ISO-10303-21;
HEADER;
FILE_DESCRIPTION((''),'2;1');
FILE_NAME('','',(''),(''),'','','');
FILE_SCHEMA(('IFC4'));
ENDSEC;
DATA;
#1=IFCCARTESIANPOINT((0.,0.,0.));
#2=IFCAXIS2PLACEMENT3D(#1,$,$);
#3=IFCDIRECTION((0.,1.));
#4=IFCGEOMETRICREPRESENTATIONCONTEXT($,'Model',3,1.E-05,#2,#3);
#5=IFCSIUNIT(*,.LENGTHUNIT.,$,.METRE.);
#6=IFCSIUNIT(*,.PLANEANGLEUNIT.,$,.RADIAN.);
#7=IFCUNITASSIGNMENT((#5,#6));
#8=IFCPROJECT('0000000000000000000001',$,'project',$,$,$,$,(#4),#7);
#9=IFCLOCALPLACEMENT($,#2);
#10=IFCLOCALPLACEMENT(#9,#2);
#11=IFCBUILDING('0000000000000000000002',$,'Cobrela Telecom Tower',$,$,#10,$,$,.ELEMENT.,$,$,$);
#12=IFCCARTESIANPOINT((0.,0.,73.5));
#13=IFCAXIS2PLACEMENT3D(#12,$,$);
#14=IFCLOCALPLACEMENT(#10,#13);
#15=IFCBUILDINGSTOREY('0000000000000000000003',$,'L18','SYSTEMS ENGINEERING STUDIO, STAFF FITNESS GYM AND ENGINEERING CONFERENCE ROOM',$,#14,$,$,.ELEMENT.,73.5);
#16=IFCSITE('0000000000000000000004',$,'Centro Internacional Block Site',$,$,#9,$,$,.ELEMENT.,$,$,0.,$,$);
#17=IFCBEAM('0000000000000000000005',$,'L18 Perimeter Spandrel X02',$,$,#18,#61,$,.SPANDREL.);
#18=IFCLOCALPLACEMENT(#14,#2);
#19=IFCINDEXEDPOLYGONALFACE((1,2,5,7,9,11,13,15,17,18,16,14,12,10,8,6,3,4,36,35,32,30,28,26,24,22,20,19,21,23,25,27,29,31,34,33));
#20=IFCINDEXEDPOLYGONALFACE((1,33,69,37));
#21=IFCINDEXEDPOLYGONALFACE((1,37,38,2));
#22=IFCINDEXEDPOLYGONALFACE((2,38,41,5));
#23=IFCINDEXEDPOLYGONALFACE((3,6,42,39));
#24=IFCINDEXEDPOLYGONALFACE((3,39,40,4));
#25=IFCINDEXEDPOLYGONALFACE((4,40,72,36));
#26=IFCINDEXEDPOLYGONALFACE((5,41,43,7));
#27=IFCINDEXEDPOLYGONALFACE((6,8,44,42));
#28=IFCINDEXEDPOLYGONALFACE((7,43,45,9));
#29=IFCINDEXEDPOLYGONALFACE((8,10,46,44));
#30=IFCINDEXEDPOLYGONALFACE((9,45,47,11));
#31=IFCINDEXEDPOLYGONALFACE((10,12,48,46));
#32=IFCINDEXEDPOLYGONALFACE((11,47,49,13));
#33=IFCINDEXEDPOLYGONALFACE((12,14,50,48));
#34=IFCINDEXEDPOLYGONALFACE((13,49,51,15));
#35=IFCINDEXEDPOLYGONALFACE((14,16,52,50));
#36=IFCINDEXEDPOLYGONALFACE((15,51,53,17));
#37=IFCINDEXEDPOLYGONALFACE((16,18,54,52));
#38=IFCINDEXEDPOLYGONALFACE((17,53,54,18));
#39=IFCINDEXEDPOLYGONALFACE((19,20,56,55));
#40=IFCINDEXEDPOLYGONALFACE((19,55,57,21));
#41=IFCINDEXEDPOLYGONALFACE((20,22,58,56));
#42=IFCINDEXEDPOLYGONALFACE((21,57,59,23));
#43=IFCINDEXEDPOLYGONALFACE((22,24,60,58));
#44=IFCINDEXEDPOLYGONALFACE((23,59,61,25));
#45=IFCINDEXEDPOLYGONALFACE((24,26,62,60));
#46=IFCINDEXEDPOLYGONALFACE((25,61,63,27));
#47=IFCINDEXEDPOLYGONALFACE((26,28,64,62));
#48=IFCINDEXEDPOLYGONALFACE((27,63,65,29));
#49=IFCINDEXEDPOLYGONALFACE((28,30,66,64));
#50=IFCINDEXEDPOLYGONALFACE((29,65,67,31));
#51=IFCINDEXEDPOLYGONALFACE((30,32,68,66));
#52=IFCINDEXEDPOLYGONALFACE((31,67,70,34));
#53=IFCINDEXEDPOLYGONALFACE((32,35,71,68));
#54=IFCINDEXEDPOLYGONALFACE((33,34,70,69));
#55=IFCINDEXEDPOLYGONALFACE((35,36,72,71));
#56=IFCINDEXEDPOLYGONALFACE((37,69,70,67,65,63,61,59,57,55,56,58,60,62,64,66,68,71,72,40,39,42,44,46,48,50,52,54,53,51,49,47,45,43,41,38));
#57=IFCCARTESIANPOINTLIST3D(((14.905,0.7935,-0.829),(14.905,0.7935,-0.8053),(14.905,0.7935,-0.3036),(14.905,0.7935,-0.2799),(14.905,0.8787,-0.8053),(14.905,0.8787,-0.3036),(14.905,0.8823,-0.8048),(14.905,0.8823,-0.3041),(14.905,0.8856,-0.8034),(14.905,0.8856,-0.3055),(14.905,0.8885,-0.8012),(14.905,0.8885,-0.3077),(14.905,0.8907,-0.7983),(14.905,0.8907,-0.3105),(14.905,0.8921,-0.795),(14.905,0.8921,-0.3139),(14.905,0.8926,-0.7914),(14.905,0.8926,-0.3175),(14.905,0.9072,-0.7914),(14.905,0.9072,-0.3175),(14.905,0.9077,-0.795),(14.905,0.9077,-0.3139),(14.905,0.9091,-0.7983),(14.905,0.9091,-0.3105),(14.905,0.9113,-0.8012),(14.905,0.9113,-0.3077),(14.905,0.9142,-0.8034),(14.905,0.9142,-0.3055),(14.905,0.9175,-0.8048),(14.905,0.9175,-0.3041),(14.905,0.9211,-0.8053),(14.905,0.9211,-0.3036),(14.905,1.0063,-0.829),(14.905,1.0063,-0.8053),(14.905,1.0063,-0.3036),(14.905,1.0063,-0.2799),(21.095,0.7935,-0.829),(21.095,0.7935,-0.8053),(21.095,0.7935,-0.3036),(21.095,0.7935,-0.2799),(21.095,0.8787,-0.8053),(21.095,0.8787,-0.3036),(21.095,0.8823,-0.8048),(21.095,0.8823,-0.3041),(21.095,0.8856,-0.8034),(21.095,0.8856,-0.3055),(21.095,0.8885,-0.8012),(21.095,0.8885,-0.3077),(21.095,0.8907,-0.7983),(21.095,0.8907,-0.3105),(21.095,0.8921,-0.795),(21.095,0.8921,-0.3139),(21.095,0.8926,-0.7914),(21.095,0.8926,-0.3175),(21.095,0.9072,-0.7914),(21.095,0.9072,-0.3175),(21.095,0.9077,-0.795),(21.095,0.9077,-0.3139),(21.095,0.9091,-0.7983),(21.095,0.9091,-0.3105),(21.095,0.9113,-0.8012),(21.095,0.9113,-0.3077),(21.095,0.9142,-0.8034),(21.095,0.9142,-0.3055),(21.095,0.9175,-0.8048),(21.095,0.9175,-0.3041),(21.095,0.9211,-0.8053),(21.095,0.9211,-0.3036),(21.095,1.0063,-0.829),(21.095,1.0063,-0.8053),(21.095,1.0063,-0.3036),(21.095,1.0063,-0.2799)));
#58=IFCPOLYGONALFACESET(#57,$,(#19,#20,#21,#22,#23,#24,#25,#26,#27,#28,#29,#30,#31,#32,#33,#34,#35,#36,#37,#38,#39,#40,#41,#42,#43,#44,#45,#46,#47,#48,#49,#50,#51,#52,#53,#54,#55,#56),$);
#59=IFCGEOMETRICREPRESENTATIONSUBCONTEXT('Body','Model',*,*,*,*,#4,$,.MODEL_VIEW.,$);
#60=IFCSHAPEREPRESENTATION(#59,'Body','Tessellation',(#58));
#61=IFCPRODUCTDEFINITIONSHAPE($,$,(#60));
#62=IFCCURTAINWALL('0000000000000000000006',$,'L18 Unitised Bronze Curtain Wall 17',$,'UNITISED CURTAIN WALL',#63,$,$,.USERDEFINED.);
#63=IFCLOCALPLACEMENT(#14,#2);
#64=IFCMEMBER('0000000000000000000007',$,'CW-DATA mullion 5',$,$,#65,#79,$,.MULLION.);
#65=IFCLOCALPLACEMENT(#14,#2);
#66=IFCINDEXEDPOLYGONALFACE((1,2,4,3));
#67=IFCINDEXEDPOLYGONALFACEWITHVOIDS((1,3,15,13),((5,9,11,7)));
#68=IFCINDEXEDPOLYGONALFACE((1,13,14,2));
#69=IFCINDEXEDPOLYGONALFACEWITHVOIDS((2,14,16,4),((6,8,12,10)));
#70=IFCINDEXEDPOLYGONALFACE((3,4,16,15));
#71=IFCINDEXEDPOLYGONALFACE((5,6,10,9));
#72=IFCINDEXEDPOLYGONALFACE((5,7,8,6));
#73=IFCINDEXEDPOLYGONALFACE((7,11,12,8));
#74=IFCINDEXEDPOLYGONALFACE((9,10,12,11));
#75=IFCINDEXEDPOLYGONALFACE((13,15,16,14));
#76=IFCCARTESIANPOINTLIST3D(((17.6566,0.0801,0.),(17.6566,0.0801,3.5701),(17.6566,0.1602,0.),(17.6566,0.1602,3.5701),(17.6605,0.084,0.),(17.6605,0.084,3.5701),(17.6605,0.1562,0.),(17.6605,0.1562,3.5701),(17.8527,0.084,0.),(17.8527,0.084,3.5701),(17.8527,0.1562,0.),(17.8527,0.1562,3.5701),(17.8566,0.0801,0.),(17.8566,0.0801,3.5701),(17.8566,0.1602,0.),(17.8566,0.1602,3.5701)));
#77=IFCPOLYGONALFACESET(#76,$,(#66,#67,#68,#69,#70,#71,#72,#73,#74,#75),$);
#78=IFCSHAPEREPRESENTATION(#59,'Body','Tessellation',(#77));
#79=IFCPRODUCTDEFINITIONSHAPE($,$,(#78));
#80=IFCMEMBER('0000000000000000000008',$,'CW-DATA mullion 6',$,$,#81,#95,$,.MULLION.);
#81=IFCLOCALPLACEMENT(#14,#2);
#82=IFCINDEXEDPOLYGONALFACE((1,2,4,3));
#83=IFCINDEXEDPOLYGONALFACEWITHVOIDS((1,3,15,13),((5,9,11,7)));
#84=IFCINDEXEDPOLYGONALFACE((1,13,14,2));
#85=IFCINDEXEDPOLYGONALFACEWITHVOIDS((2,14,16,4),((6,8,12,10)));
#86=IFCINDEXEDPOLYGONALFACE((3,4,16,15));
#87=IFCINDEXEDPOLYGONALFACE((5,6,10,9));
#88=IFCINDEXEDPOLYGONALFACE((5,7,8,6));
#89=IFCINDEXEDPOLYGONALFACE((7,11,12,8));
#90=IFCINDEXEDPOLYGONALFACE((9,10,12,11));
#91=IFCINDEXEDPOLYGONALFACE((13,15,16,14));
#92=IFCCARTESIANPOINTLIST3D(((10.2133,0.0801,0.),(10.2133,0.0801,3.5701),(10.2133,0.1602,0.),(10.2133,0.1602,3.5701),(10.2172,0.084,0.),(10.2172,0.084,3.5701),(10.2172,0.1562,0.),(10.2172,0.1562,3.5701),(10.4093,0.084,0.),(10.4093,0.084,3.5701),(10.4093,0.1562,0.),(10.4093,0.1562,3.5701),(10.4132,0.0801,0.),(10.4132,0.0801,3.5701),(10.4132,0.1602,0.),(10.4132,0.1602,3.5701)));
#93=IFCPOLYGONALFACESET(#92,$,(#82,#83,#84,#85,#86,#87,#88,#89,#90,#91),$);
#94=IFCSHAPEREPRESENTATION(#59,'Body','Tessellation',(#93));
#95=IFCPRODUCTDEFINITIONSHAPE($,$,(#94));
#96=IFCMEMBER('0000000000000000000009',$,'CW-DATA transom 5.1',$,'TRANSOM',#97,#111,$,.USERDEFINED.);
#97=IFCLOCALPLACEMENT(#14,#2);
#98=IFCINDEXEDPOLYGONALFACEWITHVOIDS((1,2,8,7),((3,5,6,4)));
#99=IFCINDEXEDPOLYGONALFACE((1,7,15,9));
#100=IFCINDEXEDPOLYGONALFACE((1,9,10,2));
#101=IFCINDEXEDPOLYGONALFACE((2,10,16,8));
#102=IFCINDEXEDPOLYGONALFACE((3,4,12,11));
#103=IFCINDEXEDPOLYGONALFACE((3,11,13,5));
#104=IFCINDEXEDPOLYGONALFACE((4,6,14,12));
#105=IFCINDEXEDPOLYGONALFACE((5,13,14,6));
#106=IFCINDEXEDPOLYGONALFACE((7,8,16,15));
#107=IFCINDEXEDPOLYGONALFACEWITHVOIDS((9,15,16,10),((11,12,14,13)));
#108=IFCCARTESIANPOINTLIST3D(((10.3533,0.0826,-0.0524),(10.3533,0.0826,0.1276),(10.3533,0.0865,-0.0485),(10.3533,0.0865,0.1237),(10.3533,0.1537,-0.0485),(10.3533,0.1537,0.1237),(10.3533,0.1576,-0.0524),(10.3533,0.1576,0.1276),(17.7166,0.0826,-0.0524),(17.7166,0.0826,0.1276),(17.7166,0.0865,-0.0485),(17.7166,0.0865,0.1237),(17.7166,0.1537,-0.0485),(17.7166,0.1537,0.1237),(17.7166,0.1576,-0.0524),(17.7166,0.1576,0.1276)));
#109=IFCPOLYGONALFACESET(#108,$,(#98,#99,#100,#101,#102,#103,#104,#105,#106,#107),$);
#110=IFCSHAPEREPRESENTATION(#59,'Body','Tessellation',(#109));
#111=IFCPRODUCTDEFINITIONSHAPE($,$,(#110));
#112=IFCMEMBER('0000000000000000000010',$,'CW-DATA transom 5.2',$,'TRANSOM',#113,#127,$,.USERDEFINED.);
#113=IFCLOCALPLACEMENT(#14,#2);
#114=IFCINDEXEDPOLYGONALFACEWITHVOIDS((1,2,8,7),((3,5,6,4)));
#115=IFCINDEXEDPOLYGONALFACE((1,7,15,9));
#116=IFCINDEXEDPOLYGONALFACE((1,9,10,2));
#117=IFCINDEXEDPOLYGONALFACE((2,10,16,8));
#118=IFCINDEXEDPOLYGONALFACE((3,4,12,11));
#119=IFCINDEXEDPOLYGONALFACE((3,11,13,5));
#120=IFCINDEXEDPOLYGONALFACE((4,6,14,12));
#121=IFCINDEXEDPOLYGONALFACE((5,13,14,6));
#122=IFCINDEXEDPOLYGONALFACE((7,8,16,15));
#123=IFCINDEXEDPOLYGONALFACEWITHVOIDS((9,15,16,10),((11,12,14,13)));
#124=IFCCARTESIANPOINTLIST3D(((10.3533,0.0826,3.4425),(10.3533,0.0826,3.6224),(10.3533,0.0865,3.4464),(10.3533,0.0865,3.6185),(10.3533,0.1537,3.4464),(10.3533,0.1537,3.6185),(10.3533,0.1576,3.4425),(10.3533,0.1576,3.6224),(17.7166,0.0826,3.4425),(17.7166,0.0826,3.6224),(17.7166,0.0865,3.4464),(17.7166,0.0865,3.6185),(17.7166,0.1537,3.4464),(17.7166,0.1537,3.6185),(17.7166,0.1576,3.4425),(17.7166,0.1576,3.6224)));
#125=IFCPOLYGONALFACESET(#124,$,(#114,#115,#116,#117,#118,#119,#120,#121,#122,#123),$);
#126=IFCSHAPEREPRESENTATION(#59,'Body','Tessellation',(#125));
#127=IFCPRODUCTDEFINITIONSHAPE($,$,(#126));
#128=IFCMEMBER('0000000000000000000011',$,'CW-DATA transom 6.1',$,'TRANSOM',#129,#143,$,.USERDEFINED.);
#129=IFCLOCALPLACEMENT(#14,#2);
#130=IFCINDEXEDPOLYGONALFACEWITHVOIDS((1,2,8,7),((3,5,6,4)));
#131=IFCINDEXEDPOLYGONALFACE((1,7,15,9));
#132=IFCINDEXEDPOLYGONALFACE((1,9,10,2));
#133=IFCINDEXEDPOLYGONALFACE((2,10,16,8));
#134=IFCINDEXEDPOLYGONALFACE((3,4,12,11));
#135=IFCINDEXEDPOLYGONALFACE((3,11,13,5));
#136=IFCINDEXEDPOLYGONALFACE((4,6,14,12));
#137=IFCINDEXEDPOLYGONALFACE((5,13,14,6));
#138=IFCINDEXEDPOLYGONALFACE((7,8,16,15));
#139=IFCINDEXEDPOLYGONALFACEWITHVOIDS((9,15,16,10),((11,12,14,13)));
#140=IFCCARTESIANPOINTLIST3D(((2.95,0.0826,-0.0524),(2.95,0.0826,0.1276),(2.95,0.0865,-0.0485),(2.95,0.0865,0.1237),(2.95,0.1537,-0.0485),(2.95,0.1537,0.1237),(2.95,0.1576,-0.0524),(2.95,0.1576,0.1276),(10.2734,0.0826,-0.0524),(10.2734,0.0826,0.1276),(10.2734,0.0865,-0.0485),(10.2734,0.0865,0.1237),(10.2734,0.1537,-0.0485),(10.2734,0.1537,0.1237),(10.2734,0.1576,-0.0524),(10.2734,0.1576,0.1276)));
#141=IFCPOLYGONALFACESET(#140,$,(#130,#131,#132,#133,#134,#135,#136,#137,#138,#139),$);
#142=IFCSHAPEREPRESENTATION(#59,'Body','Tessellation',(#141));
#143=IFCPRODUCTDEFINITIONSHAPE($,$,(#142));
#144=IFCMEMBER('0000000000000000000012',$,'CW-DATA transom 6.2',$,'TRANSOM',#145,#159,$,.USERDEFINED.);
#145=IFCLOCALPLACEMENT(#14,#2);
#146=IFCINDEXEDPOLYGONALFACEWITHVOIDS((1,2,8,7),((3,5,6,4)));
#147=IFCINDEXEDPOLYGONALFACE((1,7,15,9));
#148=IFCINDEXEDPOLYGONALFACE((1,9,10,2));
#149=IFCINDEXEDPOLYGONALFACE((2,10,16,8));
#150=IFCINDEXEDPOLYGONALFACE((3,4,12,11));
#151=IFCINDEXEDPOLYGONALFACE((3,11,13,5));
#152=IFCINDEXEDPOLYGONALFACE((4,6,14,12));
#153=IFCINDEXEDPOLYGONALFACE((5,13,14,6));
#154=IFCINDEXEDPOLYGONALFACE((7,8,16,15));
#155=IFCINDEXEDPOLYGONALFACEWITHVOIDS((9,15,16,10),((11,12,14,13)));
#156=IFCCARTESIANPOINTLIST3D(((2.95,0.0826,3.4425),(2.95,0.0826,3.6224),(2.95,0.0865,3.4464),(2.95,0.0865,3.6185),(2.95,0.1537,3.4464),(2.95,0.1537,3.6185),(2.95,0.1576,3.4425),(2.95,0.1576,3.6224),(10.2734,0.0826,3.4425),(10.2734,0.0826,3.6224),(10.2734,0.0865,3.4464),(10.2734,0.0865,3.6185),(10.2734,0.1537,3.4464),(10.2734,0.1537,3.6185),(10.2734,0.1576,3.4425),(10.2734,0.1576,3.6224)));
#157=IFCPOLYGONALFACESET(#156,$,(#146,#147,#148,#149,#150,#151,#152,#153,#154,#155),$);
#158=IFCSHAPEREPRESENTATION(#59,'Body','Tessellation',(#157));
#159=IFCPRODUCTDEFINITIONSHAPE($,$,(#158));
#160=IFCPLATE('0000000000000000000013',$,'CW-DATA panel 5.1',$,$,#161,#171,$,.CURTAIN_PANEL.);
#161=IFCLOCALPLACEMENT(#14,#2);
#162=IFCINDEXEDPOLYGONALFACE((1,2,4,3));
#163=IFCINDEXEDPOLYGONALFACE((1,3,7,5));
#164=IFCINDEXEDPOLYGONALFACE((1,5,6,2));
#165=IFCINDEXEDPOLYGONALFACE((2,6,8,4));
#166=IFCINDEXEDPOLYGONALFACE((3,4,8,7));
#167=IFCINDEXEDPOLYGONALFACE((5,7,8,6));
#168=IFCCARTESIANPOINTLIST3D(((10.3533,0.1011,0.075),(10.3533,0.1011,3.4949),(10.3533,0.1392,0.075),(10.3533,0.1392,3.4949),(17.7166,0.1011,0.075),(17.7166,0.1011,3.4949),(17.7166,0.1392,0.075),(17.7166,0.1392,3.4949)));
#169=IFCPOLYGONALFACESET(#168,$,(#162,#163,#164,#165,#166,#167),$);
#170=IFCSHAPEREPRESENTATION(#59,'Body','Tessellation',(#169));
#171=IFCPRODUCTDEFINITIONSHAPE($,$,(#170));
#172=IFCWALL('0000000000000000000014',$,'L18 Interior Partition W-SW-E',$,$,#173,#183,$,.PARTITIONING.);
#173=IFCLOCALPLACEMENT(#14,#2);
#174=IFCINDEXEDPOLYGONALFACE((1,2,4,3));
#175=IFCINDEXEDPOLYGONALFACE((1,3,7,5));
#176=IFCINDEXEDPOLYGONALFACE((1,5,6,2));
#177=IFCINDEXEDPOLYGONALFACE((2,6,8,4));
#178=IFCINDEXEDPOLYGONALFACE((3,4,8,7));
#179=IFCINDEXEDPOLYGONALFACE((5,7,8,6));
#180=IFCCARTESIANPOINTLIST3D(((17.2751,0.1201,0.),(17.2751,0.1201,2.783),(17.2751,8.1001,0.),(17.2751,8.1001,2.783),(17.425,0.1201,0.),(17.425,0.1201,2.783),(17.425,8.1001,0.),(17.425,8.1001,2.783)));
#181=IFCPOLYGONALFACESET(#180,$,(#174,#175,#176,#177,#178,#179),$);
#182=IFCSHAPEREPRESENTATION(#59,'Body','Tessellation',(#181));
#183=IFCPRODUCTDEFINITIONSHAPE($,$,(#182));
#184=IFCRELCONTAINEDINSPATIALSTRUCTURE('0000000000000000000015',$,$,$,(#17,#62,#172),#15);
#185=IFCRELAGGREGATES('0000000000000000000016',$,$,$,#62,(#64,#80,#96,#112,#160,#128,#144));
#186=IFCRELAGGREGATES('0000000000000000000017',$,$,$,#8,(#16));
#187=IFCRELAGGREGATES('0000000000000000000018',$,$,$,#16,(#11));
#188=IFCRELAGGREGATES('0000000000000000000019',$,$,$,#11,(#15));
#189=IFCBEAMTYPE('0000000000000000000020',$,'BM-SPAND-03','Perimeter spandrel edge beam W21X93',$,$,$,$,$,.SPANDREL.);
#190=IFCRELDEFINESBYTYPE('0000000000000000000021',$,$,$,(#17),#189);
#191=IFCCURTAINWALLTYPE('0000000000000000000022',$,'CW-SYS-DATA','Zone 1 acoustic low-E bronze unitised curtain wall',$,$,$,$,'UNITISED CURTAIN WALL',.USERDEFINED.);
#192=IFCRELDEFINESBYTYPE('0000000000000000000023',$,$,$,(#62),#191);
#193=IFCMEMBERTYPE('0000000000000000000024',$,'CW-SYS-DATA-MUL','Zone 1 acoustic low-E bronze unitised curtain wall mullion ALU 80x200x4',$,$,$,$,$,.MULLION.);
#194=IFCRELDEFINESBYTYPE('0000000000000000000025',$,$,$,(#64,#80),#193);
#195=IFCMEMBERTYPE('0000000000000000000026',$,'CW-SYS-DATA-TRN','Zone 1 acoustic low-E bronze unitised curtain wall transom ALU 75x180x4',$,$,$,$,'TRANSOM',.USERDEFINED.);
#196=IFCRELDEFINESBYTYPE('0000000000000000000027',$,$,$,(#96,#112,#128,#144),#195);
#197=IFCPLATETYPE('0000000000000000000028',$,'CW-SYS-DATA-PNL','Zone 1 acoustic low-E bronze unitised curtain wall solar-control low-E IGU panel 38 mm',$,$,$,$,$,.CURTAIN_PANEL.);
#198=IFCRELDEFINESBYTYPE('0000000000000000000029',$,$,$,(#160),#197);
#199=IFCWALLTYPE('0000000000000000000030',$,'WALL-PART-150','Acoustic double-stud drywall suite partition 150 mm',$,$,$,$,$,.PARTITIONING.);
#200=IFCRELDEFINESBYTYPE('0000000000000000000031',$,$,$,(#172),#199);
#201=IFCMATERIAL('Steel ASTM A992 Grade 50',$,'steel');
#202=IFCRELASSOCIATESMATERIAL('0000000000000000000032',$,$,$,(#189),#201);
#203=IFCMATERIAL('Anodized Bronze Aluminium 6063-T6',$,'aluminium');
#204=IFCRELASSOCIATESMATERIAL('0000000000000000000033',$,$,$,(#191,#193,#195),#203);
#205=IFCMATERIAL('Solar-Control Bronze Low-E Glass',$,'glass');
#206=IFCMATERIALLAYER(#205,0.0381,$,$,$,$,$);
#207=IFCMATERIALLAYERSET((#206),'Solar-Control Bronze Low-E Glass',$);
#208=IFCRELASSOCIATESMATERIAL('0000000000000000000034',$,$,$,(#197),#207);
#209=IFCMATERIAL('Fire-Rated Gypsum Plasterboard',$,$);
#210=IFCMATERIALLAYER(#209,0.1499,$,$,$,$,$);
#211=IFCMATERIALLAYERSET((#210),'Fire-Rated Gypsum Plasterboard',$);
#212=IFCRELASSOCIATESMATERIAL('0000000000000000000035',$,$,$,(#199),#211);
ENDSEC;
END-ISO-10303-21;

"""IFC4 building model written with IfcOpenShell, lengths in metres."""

from ifc_helpers import new_model, si_unit, direction, frame, frame_2d, origin, origin_2d, place, context, subcontext, project, spatial, rectangle, hollow_rectangle, i_section, extrude, material, layer, layer_set, material_profile, profile_set, type_object, element, aggregate, save


model = new_model("IFC4")

# Units and contexts
model_context = context("Model", 3, precision=1e-05, world=origin(), true_north=direction((0.0, 1.0)))
body_context = subcontext(model_context, "Body", "Model", "MODEL_VIEW")
ifc_project = project(units=[si_unit("LENGTHUNIT", "METRE"), si_unit("PLANEANGLEUNIT", "RADIAN")], contexts=[model_context])

# Site, building, storey
site_placement = place(None, origin())
site = spatial("IfcSite", under=ifc_project, at=site_placement, Name="Centro Internacional Block Site", CompositionType="ELEMENT", RefElevation=0.0)
building_placement = place(site_placement, origin())
building = spatial("IfcBuilding", under=site, at=building_placement, Name="Cobrela Telecom Tower", CompositionType="ELEMENT")
storey_placement = place(building_placement, frame((0.0, 0.0, 73.5)))
storey = spatial("IfcBuildingStorey", under=building, at=storey_placement, Name="L18", Description="SYSTEMS ENGINEERING STUDIO, STAFF FITNESS GYM AND ENGINEERING CONFERENCE ROOM", CompositionType="ELEMENT", Elevation=73.5)

# Beam
ifc_material_1 = material(Name="Steel ASTM A992 Grade 50", Category="steel")
ifc_material_profile_1 = material_profile(ifc_material_1, i_section(OverallWidth=0.2129, OverallDepth=0.5491, WebThickness=0.0146, FlangeThickness=0.0237, FilletRadius=0.0139, at=origin_2d()), Name="W21X93")
ifc_profile_set_1 = profile_set([ifc_material_profile_1], Name="Steel ASTM A992 Grade 50")
beam_type_1 = type_object("IfcBeamType", Name="BM-SPAND-03", Description="Perimeter spandrel edge beam W21X93", PredefinedType="SPANDREL", material=ifc_profile_set_1)
beam_1_placement = place(storey_placement, frame((14.905, 0.8999, -0.5544), z_axis=(1.0, 0.0, 0.0), x_axis=(0.0, 1.0, 0.0)))
element("IfcBeam", 1, at=beam_1_placement, inside=storey, type_object=beam_type_1, Name="L18 Perimeter Spandrel X02", PredefinedType="SPANDREL", context=body_context, shape_type="SweptSolid", body=[
    extrude(i_section(OverallWidth=0.2129, OverallDepth=0.5491, WebThickness=0.0146, FlangeThickness=0.0237, FilletRadius=0.0139, at=origin_2d()), origin(), (0.0, 0.0, 1.0), 6.1899),
])

# Curtain wall, members, plate
ifc_material_2 = material(Name="Anodized Bronze Aluminium 6063-T6", Category="aluminium")
curtain_wall_type = type_object("IfcCurtainWallType", Name="CW-SYS-DATA", Description="Zone 1 acoustic low-E bronze unitised curtain wall", ElementType="UNITISED CURTAIN WALL", PredefinedType="USERDEFINED", material=ifc_material_2)
curtain_wall_placement = place(storey_placement, origin())
curtain_wall = element("IfcCurtainWall", 2, at=curtain_wall_placement, inside=storey, type_object=curtain_wall_type, Name="L18 Unitised Bronze Curtain Wall 17", ObjectType="UNITISED CURTAIN WALL", PredefinedType="USERDEFINED")
ifc_material_profile_2 = material_profile(ifc_material_2, hollow_rectangle(XDim=0.0801, YDim=0.2, WallThickness=0.0039, at=origin_2d()), Name="ALU 80x200x4")
ifc_profile_set_2 = profile_set([ifc_material_profile_2], Name="Anodized Bronze Aluminium 6063-T6")
member_type_1 = type_object("IfcMemberType", Name="CW-SYS-DATA-MUL", Description="Zone 1 acoustic low-E bronze unitised curtain wall mullion ALU 80x200x4", PredefinedType="MULLION", material=ifc_profile_set_2)
member_1_placement = place(storey_placement, frame((17.7566, 0.1201, 0.0), z_axis=(0.0, 0.0, 1.0), x_axis=(0.0, -1.0, 0.0)))
member_1 = element("IfcMember", 3, at=member_1_placement, type_object=member_type_1, Name="CW-DATA mullion 5", PredefinedType="MULLION", context=body_context, shape_type="SweptSolid", body=[
    extrude(hollow_rectangle(XDim=0.0801, YDim=0.2, WallThickness=0.0039, at=origin_2d()), origin(), (0.0, 0.0, 1.0), 3.5701),
])
member_2_placement = place(storey_placement, frame((10.3132, 0.1201, 0.0), z_axis=(0.0, 0.0, 1.0), x_axis=(0.0, -1.0, 0.0)))
member_2 = element("IfcMember", 4, at=member_2_placement, type_object=member_type_1, Name="CW-DATA mullion 6", PredefinedType="MULLION", context=body_context, shape_type="SweptSolid", body=[
    extrude(hollow_rectangle(XDim=0.0801, YDim=0.2, WallThickness=0.0039, at=origin_2d()), origin(), (0.0, 0.0, 1.0), 3.5701),
])
ifc_material_profile_3 = material_profile(ifc_material_2, hollow_rectangle(XDim=0.075, YDim=0.1799, WallThickness=0.0039, at=origin_2d()), Name="ALU 75x180x4")
ifc_profile_set_3 = profile_set([ifc_material_profile_3], Name="Anodized Bronze Aluminium 6063-T6")
member_type_2 = type_object("IfcMemberType", Name="CW-SYS-DATA-TRN", Description="Zone 1 acoustic low-E bronze unitised curtain wall transom ALU 75x180x4", ElementType="TRANSOM", PredefinedType="USERDEFINED", material=ifc_profile_set_3)
member_3_placement = place(storey_placement, frame((17.7166, 0.1201, 0.0376), z_axis=(-1.0, 0.0, 0.0), x_axis=(0.0, -1.0, 0.0)))
member_3 = element("IfcMember", 5, at=member_3_placement, type_object=member_type_2, Name="CW-DATA transom 5.1", ObjectType="TRANSOM", PredefinedType="USERDEFINED", context=body_context, shape_type="SweptSolid", body=[
    extrude(hollow_rectangle(XDim=0.075, YDim=0.1799, WallThickness=0.0039, at=origin_2d()), origin(), (0.0, 0.0, 1.0), 7.3633),
])
member_4_placement = place(storey_placement, frame((17.7166, 0.1201, 3.5325), z_axis=(-1.0, 0.0, 0.0), x_axis=(0.0, -1.0, 0.0)))
member_4 = element("IfcMember", 6, at=member_4_placement, type_object=member_type_2, Name="CW-DATA transom 5.2", ObjectType="TRANSOM", PredefinedType="USERDEFINED", context=body_context, shape_type="SweptSolid", body=[
    extrude(hollow_rectangle(XDim=0.075, YDim=0.1799, WallThickness=0.0039, at=origin_2d()), origin(), (0.0, 0.0, 1.0), 7.3633),
])
member_5_placement = place(storey_placement, frame((10.2734, 0.1201, 0.0376), z_axis=(-1.0, 0.0, 0.0), x_axis=(0.0, -1.0, 0.0)))
member_5 = element("IfcMember", 7, at=member_5_placement, type_object=member_type_2, Name="CW-DATA transom 6.1", ObjectType="TRANSOM", PredefinedType="USERDEFINED", context=body_context, shape_type="SweptSolid", body=[
    extrude(hollow_rectangle(XDim=0.075, YDim=0.1799, WallThickness=0.0039, at=origin_2d()), origin(), (0.0, 0.0, 1.0), 7.3235),
])
member_6_placement = place(storey_placement, frame((10.2734, 0.1201, 3.5325), z_axis=(-1.0, 0.0, 0.0), x_axis=(0.0, -1.0, 0.0)))
member_6 = element("IfcMember", 8, at=member_6_placement, type_object=member_type_2, Name="CW-DATA transom 6.2", ObjectType="TRANSOM", PredefinedType="USERDEFINED", context=body_context, shape_type="SweptSolid", body=[
    extrude(hollow_rectangle(XDim=0.075, YDim=0.1799, WallThickness=0.0039, at=origin_2d()), origin(), (0.0, 0.0, 1.0), 7.3235),
])
ifc_material_3 = material(Name="Solar-Control Bronze Low-E Glass", Category="glass")
ifc_layer_1 = layer(ifc_material_3, 0.0381)
ifc_layer_set_1 = layer_set([ifc_layer_1], Name="Solar-Control Bronze Low-E Glass")
plate_type = type_object("IfcPlateType", Name="CW-SYS-DATA-PNL", Description="Zone 1 acoustic low-E bronze unitised curtain wall solar-control low-E IGU panel 38 mm", PredefinedType="CURTAIN_PANEL", material=ifc_layer_set_1)
plate_placement = place(storey_placement, frame((14.0349, 0.1201, 0.075), z_axis=(0.0, 0.0, 1.0), x_axis=(-1.0, 0.0, 0.0)))
plate = element("IfcPlate", 9, at=plate_placement, type_object=plate_type, Name="CW-DATA panel 5.1", PredefinedType="CURTAIN_PANEL", context=body_context, shape_type="SweptSolid", body=[
    extrude(rectangle(XDim=7.3633, YDim=0.0381, at=origin_2d()), origin(), (0.0, 0.0, 1.0), 3.4199),
])
aggregate(curtain_wall, [member_1, member_2, member_3, member_4, plate, member_5, member_6])

# Wall
ifc_material_4 = material(Name="Fire-Rated Gypsum Plasterboard")
ifc_layer_2 = layer(ifc_material_4, 0.1499)
ifc_layer_set_2 = layer_set([ifc_layer_2], Name="Fire-Rated Gypsum Plasterboard")
wall_type = type_object("IfcWallType", Name="WALL-PART-150", Description="Acoustic double-stud drywall suite partition 150 mm", PredefinedType="PARTITIONING", material=ifc_layer_set_2)
wall_placement = place(storey_placement, frame((17.3501, 0.1201, 0.0), z_axis=(0.0, 0.0, 1.0), x_axis=(0.0, 1.0, 0.0)))
element("IfcWall", 10, at=wall_placement, inside=storey, type_object=wall_type, Name="L18 Interior Partition W-SW-E", PredefinedType="PARTITIONING", context=body_context, shape_type="SweptSolid", body=[
    extrude(rectangle(XDim=7.98, YDim=0.1499, at=frame_2d((3.99, 0.0))), origin(), (0.0, 0.0, 1.0), 2.783),
])

save(model, "model.ifc")
